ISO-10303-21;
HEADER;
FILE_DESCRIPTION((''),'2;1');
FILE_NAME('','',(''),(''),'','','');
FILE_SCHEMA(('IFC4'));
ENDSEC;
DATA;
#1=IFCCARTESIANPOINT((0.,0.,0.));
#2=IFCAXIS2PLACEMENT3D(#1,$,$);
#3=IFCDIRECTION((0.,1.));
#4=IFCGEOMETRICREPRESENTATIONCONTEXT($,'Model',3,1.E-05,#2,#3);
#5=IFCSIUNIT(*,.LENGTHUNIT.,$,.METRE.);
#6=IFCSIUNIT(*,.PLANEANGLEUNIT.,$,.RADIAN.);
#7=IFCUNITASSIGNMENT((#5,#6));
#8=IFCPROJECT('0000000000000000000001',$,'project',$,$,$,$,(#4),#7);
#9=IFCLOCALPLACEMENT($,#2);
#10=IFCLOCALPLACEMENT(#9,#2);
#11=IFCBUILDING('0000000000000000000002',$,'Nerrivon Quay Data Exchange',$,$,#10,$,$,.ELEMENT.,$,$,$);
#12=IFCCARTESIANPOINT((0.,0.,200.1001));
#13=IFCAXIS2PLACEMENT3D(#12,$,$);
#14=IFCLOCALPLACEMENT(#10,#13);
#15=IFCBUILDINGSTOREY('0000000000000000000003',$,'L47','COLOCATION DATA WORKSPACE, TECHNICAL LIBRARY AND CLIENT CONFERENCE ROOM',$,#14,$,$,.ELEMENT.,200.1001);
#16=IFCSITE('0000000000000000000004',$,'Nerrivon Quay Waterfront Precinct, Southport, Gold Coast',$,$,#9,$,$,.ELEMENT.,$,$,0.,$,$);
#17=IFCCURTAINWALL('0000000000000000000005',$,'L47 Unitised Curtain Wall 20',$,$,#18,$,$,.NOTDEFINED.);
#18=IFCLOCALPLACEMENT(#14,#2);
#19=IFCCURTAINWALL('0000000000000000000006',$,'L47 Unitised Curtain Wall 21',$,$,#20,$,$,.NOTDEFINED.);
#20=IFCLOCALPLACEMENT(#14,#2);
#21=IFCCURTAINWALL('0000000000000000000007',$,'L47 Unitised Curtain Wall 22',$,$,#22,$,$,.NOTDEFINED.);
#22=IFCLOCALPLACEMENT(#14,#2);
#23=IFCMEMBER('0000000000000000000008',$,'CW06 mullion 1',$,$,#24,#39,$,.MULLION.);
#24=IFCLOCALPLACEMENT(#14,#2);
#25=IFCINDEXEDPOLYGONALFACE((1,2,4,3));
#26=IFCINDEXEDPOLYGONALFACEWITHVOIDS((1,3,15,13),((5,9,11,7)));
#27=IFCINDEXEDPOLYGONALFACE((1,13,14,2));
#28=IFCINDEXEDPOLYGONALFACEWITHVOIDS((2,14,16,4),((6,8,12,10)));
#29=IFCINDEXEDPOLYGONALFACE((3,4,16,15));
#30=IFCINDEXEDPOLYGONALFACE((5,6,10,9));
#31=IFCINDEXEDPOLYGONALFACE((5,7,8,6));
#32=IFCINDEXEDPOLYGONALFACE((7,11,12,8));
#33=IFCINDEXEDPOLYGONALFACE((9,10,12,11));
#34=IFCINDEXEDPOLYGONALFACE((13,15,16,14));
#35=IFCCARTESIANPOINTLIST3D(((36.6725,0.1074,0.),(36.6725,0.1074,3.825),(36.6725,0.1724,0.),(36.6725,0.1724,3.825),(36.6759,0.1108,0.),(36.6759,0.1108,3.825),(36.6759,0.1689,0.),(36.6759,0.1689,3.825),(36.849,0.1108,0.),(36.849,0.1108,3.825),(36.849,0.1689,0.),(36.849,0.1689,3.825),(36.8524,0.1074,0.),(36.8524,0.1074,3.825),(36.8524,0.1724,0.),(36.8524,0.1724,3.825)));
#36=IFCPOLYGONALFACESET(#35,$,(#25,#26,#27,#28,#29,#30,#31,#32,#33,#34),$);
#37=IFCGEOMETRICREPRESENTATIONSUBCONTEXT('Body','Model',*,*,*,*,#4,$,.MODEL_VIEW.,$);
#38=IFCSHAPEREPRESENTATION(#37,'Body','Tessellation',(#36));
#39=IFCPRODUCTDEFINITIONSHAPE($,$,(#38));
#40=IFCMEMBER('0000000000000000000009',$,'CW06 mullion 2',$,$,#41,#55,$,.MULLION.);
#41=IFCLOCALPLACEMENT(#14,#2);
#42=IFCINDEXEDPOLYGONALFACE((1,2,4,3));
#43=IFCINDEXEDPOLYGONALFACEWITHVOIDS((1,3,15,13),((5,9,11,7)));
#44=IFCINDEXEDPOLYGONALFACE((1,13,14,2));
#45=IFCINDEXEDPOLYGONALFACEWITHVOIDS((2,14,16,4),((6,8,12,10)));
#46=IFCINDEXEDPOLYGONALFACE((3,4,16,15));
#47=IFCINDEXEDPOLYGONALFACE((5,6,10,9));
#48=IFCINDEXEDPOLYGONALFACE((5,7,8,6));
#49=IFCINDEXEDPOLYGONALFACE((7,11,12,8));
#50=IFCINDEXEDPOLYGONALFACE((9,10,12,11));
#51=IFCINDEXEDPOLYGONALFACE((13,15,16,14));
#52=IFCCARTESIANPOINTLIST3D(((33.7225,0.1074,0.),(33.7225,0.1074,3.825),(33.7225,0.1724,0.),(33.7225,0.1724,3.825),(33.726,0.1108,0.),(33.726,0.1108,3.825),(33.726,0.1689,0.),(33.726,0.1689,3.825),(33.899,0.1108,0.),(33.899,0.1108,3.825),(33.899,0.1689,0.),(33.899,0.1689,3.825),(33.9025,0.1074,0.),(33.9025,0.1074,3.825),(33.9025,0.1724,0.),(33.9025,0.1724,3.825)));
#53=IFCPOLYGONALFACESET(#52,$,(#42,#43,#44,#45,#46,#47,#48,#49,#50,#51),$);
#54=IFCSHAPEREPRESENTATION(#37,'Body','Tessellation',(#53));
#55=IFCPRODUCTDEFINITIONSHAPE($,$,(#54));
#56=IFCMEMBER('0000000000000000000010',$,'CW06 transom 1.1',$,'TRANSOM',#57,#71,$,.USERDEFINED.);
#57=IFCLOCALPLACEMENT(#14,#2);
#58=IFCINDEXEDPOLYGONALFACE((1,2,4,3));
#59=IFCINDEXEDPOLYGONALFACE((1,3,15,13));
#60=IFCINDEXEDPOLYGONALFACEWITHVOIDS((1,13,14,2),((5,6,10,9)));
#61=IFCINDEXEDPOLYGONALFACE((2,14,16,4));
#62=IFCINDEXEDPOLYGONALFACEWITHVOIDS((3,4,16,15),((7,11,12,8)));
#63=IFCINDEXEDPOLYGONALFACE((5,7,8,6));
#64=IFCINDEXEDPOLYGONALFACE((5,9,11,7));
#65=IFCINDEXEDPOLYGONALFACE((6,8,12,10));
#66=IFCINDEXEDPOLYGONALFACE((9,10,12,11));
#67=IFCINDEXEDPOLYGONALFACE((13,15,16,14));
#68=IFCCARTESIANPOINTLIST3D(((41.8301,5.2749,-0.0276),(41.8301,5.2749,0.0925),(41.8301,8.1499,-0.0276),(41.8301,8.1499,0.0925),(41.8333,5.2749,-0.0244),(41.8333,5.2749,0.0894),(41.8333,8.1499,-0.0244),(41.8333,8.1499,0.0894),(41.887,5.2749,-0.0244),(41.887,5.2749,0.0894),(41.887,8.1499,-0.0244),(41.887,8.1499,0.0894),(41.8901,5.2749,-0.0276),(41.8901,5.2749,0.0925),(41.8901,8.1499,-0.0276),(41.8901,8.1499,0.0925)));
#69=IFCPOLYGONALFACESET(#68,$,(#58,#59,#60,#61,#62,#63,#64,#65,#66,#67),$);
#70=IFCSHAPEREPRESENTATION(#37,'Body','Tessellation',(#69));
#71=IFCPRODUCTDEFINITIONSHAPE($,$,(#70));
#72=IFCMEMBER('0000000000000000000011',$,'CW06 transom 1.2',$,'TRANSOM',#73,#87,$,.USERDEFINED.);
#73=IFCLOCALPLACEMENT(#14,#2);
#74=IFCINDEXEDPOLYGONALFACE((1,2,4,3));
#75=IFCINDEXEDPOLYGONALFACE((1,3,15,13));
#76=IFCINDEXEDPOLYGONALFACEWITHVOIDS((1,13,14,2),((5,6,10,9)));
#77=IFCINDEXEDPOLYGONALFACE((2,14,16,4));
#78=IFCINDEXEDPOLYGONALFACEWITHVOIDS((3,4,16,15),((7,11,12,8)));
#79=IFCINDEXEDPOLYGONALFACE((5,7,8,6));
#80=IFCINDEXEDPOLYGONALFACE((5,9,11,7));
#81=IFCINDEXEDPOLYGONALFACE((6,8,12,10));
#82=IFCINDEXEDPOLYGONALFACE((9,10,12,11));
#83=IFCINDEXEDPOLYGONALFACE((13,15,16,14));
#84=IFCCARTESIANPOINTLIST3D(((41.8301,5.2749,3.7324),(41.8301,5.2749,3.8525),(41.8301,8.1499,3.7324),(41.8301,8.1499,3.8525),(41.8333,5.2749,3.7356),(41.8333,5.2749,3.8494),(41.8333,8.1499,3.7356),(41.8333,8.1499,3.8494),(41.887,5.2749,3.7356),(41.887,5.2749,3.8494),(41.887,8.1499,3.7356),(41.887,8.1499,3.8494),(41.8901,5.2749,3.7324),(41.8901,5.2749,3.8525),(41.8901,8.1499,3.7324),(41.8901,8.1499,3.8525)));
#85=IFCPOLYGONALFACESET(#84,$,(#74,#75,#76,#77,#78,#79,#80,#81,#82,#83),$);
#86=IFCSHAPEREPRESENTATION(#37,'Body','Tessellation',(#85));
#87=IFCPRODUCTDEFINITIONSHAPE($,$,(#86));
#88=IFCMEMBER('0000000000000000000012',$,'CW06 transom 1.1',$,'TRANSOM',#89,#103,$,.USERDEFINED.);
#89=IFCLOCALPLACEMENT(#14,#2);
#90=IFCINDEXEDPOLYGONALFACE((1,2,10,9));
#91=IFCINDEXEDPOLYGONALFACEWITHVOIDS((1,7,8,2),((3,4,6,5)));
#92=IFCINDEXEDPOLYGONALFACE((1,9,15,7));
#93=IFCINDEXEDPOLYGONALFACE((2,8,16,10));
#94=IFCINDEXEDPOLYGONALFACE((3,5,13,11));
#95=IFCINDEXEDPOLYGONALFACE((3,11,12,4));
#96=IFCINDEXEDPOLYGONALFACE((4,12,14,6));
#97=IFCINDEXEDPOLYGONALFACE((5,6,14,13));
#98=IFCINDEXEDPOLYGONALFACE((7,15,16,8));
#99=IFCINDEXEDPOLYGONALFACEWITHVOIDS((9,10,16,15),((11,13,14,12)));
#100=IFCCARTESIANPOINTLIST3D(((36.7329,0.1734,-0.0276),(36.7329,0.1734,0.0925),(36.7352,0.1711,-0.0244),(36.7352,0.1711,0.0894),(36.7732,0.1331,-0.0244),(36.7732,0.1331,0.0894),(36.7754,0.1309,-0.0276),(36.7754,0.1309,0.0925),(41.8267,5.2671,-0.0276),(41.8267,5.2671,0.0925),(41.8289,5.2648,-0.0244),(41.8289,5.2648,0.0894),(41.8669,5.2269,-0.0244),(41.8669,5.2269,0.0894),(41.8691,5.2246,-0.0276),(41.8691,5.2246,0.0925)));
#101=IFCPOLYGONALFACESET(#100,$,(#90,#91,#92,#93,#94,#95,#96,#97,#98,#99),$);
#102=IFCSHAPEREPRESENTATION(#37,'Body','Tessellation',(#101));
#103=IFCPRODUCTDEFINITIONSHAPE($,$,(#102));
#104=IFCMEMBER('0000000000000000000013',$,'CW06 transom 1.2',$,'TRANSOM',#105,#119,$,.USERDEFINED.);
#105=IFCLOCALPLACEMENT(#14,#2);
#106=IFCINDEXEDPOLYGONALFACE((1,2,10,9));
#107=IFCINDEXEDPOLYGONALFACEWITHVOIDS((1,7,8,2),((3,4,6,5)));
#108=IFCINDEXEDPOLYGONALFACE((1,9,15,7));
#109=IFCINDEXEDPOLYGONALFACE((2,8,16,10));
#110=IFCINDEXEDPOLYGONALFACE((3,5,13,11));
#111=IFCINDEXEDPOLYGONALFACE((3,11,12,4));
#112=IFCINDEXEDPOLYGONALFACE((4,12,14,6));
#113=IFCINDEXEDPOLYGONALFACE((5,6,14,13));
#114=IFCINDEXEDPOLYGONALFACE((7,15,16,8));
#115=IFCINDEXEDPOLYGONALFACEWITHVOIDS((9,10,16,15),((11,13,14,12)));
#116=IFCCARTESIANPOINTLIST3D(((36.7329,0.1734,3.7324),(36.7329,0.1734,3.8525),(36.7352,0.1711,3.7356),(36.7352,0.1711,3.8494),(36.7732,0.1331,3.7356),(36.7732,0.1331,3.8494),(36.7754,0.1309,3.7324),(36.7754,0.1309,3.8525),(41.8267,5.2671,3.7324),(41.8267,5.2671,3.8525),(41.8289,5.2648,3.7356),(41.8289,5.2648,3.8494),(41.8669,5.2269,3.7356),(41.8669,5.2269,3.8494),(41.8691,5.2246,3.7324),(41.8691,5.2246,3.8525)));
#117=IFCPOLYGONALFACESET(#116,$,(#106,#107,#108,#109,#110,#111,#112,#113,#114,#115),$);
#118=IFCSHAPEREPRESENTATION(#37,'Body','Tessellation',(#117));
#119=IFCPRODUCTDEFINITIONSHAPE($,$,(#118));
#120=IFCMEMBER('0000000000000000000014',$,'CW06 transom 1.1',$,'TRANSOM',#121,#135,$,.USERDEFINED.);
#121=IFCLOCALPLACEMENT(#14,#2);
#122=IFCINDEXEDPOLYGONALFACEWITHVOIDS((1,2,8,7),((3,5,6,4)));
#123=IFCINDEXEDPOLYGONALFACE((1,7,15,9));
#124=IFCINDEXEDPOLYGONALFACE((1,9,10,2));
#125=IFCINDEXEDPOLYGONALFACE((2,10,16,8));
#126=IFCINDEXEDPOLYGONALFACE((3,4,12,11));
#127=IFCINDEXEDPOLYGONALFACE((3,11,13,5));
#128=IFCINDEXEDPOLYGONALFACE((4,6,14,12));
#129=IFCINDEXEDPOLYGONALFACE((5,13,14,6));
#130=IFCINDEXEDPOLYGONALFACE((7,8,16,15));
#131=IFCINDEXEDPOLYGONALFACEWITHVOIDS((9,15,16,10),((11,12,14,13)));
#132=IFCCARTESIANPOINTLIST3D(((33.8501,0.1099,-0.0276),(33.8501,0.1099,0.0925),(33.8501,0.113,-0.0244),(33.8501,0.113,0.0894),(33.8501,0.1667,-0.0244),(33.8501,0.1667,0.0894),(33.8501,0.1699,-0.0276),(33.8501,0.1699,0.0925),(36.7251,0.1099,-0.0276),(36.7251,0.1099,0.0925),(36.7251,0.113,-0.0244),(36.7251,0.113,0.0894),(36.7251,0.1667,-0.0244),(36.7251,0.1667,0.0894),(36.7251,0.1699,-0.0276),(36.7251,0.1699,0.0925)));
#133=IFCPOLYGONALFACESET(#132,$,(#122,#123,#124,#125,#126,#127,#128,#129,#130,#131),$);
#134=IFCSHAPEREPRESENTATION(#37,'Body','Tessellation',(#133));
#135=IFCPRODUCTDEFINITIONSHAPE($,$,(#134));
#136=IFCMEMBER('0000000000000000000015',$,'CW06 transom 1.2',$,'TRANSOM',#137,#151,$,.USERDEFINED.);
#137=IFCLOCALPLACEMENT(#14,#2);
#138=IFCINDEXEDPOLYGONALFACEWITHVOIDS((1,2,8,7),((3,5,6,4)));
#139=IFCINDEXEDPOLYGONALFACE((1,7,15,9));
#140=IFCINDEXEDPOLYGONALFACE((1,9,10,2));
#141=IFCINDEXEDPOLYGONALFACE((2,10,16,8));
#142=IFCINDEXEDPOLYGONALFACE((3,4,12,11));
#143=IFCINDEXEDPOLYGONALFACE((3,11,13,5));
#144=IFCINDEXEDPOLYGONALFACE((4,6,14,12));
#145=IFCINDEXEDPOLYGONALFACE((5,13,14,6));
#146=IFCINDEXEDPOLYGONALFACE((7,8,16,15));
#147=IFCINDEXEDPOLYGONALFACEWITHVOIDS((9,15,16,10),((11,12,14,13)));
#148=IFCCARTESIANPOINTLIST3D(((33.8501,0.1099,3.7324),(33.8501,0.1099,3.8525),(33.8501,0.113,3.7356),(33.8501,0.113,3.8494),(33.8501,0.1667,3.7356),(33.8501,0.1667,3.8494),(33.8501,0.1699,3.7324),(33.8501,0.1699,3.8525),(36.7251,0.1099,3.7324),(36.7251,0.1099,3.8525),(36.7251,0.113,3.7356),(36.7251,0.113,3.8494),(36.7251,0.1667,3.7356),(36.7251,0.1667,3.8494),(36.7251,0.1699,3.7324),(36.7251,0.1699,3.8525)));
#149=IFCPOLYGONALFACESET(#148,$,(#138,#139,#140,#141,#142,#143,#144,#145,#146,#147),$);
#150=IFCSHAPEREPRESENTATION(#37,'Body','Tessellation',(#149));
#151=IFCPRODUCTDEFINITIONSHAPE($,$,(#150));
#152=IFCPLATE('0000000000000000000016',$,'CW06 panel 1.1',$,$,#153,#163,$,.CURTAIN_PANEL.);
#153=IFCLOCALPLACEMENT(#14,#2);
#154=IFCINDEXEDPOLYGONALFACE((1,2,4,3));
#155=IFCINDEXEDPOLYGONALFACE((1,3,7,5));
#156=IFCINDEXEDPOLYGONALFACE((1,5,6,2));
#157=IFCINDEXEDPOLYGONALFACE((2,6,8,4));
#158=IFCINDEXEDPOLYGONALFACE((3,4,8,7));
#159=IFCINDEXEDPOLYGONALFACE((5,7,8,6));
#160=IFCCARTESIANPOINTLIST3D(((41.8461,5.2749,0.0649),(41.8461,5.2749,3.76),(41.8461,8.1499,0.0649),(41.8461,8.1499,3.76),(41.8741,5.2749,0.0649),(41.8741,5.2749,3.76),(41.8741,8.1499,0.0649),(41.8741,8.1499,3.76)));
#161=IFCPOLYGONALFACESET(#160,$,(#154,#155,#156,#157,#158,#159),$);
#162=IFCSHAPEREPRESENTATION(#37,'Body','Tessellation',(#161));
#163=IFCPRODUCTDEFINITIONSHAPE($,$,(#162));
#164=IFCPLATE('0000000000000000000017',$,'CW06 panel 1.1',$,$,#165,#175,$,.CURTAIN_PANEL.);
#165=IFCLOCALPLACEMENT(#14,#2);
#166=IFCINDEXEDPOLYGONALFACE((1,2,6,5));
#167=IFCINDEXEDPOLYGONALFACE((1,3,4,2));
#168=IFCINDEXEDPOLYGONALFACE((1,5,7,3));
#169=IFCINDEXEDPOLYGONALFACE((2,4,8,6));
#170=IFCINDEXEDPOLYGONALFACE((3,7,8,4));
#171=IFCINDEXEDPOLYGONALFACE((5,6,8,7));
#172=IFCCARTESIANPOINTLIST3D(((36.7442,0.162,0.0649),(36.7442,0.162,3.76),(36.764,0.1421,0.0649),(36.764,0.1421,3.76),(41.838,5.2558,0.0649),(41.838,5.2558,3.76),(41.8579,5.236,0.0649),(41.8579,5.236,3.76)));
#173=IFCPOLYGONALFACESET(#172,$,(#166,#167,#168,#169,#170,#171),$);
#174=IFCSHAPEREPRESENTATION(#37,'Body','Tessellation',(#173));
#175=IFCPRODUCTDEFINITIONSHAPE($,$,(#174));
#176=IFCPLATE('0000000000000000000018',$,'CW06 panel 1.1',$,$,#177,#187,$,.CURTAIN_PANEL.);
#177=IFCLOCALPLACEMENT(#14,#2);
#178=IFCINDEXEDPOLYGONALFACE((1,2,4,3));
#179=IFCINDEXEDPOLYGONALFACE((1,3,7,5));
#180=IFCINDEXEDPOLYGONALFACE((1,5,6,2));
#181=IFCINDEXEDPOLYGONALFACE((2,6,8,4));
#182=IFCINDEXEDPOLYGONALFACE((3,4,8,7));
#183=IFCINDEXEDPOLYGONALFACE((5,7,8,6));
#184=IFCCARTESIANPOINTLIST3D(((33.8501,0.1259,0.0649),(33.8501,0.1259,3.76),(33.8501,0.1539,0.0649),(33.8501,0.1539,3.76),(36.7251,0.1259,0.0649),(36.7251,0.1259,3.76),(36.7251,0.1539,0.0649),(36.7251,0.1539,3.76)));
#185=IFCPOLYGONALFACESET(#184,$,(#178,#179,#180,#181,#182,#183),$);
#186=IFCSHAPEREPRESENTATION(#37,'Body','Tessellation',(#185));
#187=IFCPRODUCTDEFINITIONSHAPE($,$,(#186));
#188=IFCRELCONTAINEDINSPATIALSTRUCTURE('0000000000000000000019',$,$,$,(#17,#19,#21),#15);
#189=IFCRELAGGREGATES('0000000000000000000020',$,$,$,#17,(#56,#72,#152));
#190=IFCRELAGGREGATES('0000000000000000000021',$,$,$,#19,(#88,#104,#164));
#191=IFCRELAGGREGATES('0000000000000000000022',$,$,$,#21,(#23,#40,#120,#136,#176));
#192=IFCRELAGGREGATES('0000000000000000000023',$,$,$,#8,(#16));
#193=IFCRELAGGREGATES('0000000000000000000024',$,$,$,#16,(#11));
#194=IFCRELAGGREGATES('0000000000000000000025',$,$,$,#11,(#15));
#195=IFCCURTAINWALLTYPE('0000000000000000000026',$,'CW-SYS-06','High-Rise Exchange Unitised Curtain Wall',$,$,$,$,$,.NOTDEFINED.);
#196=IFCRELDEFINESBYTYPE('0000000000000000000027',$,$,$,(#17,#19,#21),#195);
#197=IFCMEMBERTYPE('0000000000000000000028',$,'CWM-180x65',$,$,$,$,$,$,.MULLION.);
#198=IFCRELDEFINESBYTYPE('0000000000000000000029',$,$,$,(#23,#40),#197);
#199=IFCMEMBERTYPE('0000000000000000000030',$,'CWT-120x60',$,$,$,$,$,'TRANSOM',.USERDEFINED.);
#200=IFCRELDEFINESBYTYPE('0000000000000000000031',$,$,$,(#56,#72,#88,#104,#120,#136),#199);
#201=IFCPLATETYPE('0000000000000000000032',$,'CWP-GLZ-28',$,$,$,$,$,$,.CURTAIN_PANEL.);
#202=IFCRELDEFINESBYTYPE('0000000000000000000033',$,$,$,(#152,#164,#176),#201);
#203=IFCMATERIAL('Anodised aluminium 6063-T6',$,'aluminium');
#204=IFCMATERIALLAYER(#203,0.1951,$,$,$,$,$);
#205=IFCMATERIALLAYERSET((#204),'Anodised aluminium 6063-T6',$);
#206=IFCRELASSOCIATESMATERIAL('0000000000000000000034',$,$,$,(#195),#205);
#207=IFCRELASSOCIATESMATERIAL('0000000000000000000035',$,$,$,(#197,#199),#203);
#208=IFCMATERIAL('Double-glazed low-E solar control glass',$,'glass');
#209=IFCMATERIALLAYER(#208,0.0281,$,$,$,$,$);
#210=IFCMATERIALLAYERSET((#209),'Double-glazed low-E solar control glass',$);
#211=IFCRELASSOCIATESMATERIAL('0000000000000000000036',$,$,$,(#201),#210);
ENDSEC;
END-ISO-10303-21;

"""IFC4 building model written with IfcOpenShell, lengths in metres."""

from ifc_helpers import new_model, si_unit, direction, frame, origin, origin_2d, place, context, subcontext, project, spatial, rectangle, hollow_rectangle, extrude, material, layer, layer_set, material_profile, profile_set, type_object, element, aggregate, save


model = new_model("IFC4")

# Units and contexts
model_context = context("Model", 3, precision=1e-05, world=origin(), true_north=direction((0.0, 1.0)))
body_context = subcontext(model_context, "Body", "Model", "MODEL_VIEW")
ifc_project = project(units=[si_unit("LENGTHUNIT", "METRE"), si_unit("PLANEANGLEUNIT", "RADIAN")], contexts=[model_context])

# Site, building, storey
site_placement = place(None, origin())
site = spatial("IfcSite", under=ifc_project, at=site_placement, Name="Nerrivon Quay Waterfront Precinct, Southport, Gold Coast", CompositionType="ELEMENT", RefElevation=0.0)
building_placement = place(site_placement, origin())
building = spatial("IfcBuilding", under=site, at=building_placement, Name="Nerrivon Quay Data Exchange", CompositionType="ELEMENT")
storey_placement = place(building_placement, frame((0.0, 0.0, 200.1001)))
storey = spatial("IfcBuildingStorey", under=building, at=storey_placement, Name="L47", Description="COLOCATION DATA WORKSPACE, TECHNICAL LIBRARY AND CLIENT CONFERENCE ROOM", CompositionType="ELEMENT", Elevation=200.1001)

# Curtain walls, members
ifc_material_1 = material(Name="Anodised aluminium 6063-T6", Category="aluminium")
ifc_layer_1 = layer(ifc_material_1, 0.1951)
ifc_layer_set_1 = layer_set([ifc_layer_1], Name="Anodised aluminium 6063-T6")
curtain_wall_type = type_object("IfcCurtainWallType", Name="CW-SYS-06", Description="High-Rise Exchange Unitised Curtain Wall", PredefinedType="NOTDEFINED", material=ifc_layer_set_1)
curtain_wall_1_placement = place(storey_placement, origin())
curtain_wall_1 = element("IfcCurtainWall", 1, at=curtain_wall_1_placement, inside=storey, type_object=curtain_wall_type, Name="L47 Unitised Curtain Wall 20", PredefinedType="NOTDEFINED")
ifc_material_profile_1 = material_profile(ifc_material_1, hollow_rectangle(XDim=0.0649, YDim=0.1799, WallThickness=0.0034, at=origin_2d()), Name="ALU-MULL-180x65")
ifc_profile_set_1 = profile_set([ifc_material_profile_1], Name="Anodised aluminium 6063-T6")
member_type_1 = type_object("IfcMemberType", Name="CWM-180x65", PredefinedType="MULLION", material=ifc_profile_set_1)
curtain_wall_2_placement = place(storey_placement, origin())
curtain_wall_2 = element("IfcCurtainWall", 2, at=curtain_wall_2_placement, inside=storey, type_object=curtain_wall_type, Name="L47 Unitised Curtain Wall 21", PredefinedType="NOTDEFINED")
curtain_wall_3_placement = place(storey_placement, origin())
curtain_wall_3 = element("IfcCurtainWall", 3, at=curtain_wall_3_placement, inside=storey, type_object=curtain_wall_type, Name="L47 Unitised Curtain Wall 22", PredefinedType="NOTDEFINED")
member_1_placement = place(storey_placement, frame((36.7625, 0.1399, 0.0), z_axis=(0.0, 0.0, 1.0), x_axis=(0.0, -1.0, 0.0)))
member_1 = element("IfcMember", 4, at=member_1_placement, type_object=member_type_1, Name="CW06 mullion 1", PredefinedType="MULLION", context=body_context, shape_type="SweptSolid", body=[
    extrude(hollow_rectangle(XDim=0.0649, YDim=0.1799, WallThickness=0.0034, at=origin_2d()), origin(), (0.0, 0.0, 1.0), 3.825),
])
member_2_placement = place(storey_placement, frame((33.8125, 0.1399, 0.0), z_axis=(0.0, 0.0, 1.0), x_axis=(0.0, -1.0, 0.0)))
member_2 = element("IfcMember", 5, at=member_2_placement, type_object=member_type_1, Name="CW06 mullion 2", PredefinedType="MULLION", context=body_context, shape_type="SweptSolid", body=[
    extrude(hollow_rectangle(XDim=0.0649, YDim=0.1799, WallThickness=0.0034, at=origin_2d()), origin(), (0.0, 0.0, 1.0), 3.825),
])

# Members
ifc_material_profile_2 = material_profile(ifc_material_1, hollow_rectangle(XDim=0.0601, YDim=0.1201, WallThickness=0.0032, at=origin_2d()), Name="ALU-TRAN-120x60")
ifc_profile_set_2 = profile_set([ifc_material_profile_2], Name="Anodised aluminium 6063-T6")
member_type_2 = type_object("IfcMemberType", Name="CWT-120x60", ElementType="TRANSOM", PredefinedType="USERDEFINED", material=ifc_profile_set_2)
member_3_placement = place(storey_placement, frame((41.8601, 8.1499, 0.0325), z_axis=(0.0, -1.0, 0.0), x_axis=(1.0, 0.0, 0.0)))
member_3 = element("IfcMember", 6, at=member_3_placement, type_object=member_type_2, Name="CW06 transom 1.1", ObjectType="TRANSOM", PredefinedType="USERDEFINED", context=body_context, shape_type="SweptSolid", body=[
    extrude(hollow_rectangle(XDim=0.0601, YDim=0.1201, WallThickness=0.0032, at=origin_2d()), origin(), (0.0, 0.0, 1.0), 2.875),
])
member_4_placement = place(storey_placement, frame((41.8601, 8.1499, 3.7925), z_axis=(0.0, -1.0, 0.0), x_axis=(1.0, 0.0, 0.0)))
member_4 = element("IfcMember", 7, at=member_4_placement, type_object=member_type_2, Name="CW06 transom 1.2", ObjectType="TRANSOM", PredefinedType="USERDEFINED", context=body_context, shape_type="SweptSolid", body=[
    extrude(hollow_rectangle(XDim=0.0601, YDim=0.1201, WallThickness=0.0032, at=origin_2d()), origin(), (0.0, 0.0, 1.0), 2.875),
])
member_5_placement = place(storey_placement, frame((41.8479, 5.2458, 0.0325), z_axis=(-0.707107, -0.707107, 0.0), x_axis=(0.707107, -0.707107, 0.0)))
member_5 = element("IfcMember", 8, at=member_5_placement, type_object=member_type_2, Name="CW06 transom 1.1", ObjectType="TRANSOM", PredefinedType="USERDEFINED", context=body_context, shape_type="SweptSolid", body=[
    extrude(hollow_rectangle(XDim=0.0601, YDim=0.1201, WallThickness=0.0032, at=origin_2d()), origin(), (0.0, 0.0, 1.0), 7.2036),
])
member_6_placement = place(storey_placement, frame((41.8479, 5.2458, 3.7925), z_axis=(-0.707107, -0.707107, 0.0), x_axis=(0.707107, -0.707107, 0.0)))
member_6 = element("IfcMember", 9, at=member_6_placement, type_object=member_type_2, Name="CW06 transom 1.2", ObjectType="TRANSOM", PredefinedType="USERDEFINED", context=body_context, shape_type="SweptSolid", body=[
    extrude(hollow_rectangle(XDim=0.0601, YDim=0.1201, WallThickness=0.0032, at=origin_2d()), origin(), (0.0, 0.0, 1.0), 7.2036),
])
member_7_placement = place(storey_placement, frame((36.7251, 0.1399, 0.0325), z_axis=(-1.0, 0.0, 0.0), x_axis=(0.0, -1.0, 0.0)))
member_7 = element("IfcMember", 10, at=member_7_placement, type_object=member_type_2, Name="CW06 transom 1.1", ObjectType="TRANSOM", PredefinedType="USERDEFINED", context=body_context, shape_type="SweptSolid", body=[
    extrude(hollow_rectangle(XDim=0.0601, YDim=0.1201, WallThickness=0.0032, at=origin_2d()), origin(), (0.0, 0.0, 1.0), 2.875),
])
member_8_placement = place(storey_placement, frame((36.7251, 0.1399, 3.7925), z_axis=(-1.0, 0.0, 0.0), x_axis=(0.0, -1.0, 0.0)))
member_8 = element("IfcMember", 11, at=member_8_placement, type_object=member_type_2, Name="CW06 transom 1.2", ObjectType="TRANSOM", PredefinedType="USERDEFINED", context=body_context, shape_type="SweptSolid", body=[
    extrude(hollow_rectangle(XDim=0.0601, YDim=0.1201, WallThickness=0.0032, at=origin_2d()), origin(), (0.0, 0.0, 1.0), 2.875),
])

# Plates
ifc_material_2 = material(Name="Double-glazed low-E solar control glass", Category="glass")
ifc_layer_2 = layer(ifc_material_2, 0.0281)
ifc_layer_set_2 = layer_set([ifc_layer_2], Name="Double-glazed low-E solar control glass")
plate_type = type_object("IfcPlateType", Name="CWP-GLZ-28", PredefinedType="CURTAIN_PANEL", material=ifc_layer_set_2)
plate_1_placement = place(storey_placement, frame((41.8601, 6.7124, 0.0649), z_axis=(0.0, 0.0, 1.0), x_axis=(0.0, -1.0, 0.0)))
plate_1 = element("IfcPlate", 12, at=plate_1_placement, type_object=plate_type, Name="CW06 panel 1.1", PredefinedType="CURTAIN_PANEL", context=body_context, shape_type="SweptSolid", body=[
    extrude(rectangle(XDim=2.875, YDim=0.0281, at=origin_2d()), origin(), (0.0, 0.0, 1.0), 3.6951),
])
aggregate(curtain_wall_1, [member_3, member_4, plate_1])
plate_2_placement = place(storey_placement, frame((39.301, 2.699, 0.0649), z_axis=(0.0, 0.0, 1.0), x_axis=(-0.707107, -0.707107, 0.0)))
plate_2 = element("IfcPlate", 13, at=plate_2_placement, type_object=plate_type, Name="CW06 panel 1.1", PredefinedType="CURTAIN_PANEL", context=body_context, shape_type="SweptSolid", body=[
    extrude(rectangle(XDim=7.2039, YDim=0.0281, at=origin_2d()), origin(), (0.0, 0.0, 1.0), 3.6951),
])
aggregate(curtain_wall_2, [member_5, member_6, plate_2])
plate_3_placement = place(storey_placement, frame((35.2876, 0.1399, 0.0649), z_axis=(0.0, 0.0, 1.0), x_axis=(-1.0, 0.0, 0.0)))
plate_3 = element("IfcPlate", 14, at=plate_3_placement, type_object=plate_type, Name="CW06 panel 1.1", PredefinedType="CURTAIN_PANEL", context=body_context, shape_type="SweptSolid", body=[
    extrude(rectangle(XDim=2.875, YDim=0.0281, at=origin_2d()), origin(), (0.0, 0.0, 1.0), 3.6951),
])
aggregate(curtain_wall_3, [member_1, member_2, member_7, member_8, plate_3])

save(model, "model.ifc")
